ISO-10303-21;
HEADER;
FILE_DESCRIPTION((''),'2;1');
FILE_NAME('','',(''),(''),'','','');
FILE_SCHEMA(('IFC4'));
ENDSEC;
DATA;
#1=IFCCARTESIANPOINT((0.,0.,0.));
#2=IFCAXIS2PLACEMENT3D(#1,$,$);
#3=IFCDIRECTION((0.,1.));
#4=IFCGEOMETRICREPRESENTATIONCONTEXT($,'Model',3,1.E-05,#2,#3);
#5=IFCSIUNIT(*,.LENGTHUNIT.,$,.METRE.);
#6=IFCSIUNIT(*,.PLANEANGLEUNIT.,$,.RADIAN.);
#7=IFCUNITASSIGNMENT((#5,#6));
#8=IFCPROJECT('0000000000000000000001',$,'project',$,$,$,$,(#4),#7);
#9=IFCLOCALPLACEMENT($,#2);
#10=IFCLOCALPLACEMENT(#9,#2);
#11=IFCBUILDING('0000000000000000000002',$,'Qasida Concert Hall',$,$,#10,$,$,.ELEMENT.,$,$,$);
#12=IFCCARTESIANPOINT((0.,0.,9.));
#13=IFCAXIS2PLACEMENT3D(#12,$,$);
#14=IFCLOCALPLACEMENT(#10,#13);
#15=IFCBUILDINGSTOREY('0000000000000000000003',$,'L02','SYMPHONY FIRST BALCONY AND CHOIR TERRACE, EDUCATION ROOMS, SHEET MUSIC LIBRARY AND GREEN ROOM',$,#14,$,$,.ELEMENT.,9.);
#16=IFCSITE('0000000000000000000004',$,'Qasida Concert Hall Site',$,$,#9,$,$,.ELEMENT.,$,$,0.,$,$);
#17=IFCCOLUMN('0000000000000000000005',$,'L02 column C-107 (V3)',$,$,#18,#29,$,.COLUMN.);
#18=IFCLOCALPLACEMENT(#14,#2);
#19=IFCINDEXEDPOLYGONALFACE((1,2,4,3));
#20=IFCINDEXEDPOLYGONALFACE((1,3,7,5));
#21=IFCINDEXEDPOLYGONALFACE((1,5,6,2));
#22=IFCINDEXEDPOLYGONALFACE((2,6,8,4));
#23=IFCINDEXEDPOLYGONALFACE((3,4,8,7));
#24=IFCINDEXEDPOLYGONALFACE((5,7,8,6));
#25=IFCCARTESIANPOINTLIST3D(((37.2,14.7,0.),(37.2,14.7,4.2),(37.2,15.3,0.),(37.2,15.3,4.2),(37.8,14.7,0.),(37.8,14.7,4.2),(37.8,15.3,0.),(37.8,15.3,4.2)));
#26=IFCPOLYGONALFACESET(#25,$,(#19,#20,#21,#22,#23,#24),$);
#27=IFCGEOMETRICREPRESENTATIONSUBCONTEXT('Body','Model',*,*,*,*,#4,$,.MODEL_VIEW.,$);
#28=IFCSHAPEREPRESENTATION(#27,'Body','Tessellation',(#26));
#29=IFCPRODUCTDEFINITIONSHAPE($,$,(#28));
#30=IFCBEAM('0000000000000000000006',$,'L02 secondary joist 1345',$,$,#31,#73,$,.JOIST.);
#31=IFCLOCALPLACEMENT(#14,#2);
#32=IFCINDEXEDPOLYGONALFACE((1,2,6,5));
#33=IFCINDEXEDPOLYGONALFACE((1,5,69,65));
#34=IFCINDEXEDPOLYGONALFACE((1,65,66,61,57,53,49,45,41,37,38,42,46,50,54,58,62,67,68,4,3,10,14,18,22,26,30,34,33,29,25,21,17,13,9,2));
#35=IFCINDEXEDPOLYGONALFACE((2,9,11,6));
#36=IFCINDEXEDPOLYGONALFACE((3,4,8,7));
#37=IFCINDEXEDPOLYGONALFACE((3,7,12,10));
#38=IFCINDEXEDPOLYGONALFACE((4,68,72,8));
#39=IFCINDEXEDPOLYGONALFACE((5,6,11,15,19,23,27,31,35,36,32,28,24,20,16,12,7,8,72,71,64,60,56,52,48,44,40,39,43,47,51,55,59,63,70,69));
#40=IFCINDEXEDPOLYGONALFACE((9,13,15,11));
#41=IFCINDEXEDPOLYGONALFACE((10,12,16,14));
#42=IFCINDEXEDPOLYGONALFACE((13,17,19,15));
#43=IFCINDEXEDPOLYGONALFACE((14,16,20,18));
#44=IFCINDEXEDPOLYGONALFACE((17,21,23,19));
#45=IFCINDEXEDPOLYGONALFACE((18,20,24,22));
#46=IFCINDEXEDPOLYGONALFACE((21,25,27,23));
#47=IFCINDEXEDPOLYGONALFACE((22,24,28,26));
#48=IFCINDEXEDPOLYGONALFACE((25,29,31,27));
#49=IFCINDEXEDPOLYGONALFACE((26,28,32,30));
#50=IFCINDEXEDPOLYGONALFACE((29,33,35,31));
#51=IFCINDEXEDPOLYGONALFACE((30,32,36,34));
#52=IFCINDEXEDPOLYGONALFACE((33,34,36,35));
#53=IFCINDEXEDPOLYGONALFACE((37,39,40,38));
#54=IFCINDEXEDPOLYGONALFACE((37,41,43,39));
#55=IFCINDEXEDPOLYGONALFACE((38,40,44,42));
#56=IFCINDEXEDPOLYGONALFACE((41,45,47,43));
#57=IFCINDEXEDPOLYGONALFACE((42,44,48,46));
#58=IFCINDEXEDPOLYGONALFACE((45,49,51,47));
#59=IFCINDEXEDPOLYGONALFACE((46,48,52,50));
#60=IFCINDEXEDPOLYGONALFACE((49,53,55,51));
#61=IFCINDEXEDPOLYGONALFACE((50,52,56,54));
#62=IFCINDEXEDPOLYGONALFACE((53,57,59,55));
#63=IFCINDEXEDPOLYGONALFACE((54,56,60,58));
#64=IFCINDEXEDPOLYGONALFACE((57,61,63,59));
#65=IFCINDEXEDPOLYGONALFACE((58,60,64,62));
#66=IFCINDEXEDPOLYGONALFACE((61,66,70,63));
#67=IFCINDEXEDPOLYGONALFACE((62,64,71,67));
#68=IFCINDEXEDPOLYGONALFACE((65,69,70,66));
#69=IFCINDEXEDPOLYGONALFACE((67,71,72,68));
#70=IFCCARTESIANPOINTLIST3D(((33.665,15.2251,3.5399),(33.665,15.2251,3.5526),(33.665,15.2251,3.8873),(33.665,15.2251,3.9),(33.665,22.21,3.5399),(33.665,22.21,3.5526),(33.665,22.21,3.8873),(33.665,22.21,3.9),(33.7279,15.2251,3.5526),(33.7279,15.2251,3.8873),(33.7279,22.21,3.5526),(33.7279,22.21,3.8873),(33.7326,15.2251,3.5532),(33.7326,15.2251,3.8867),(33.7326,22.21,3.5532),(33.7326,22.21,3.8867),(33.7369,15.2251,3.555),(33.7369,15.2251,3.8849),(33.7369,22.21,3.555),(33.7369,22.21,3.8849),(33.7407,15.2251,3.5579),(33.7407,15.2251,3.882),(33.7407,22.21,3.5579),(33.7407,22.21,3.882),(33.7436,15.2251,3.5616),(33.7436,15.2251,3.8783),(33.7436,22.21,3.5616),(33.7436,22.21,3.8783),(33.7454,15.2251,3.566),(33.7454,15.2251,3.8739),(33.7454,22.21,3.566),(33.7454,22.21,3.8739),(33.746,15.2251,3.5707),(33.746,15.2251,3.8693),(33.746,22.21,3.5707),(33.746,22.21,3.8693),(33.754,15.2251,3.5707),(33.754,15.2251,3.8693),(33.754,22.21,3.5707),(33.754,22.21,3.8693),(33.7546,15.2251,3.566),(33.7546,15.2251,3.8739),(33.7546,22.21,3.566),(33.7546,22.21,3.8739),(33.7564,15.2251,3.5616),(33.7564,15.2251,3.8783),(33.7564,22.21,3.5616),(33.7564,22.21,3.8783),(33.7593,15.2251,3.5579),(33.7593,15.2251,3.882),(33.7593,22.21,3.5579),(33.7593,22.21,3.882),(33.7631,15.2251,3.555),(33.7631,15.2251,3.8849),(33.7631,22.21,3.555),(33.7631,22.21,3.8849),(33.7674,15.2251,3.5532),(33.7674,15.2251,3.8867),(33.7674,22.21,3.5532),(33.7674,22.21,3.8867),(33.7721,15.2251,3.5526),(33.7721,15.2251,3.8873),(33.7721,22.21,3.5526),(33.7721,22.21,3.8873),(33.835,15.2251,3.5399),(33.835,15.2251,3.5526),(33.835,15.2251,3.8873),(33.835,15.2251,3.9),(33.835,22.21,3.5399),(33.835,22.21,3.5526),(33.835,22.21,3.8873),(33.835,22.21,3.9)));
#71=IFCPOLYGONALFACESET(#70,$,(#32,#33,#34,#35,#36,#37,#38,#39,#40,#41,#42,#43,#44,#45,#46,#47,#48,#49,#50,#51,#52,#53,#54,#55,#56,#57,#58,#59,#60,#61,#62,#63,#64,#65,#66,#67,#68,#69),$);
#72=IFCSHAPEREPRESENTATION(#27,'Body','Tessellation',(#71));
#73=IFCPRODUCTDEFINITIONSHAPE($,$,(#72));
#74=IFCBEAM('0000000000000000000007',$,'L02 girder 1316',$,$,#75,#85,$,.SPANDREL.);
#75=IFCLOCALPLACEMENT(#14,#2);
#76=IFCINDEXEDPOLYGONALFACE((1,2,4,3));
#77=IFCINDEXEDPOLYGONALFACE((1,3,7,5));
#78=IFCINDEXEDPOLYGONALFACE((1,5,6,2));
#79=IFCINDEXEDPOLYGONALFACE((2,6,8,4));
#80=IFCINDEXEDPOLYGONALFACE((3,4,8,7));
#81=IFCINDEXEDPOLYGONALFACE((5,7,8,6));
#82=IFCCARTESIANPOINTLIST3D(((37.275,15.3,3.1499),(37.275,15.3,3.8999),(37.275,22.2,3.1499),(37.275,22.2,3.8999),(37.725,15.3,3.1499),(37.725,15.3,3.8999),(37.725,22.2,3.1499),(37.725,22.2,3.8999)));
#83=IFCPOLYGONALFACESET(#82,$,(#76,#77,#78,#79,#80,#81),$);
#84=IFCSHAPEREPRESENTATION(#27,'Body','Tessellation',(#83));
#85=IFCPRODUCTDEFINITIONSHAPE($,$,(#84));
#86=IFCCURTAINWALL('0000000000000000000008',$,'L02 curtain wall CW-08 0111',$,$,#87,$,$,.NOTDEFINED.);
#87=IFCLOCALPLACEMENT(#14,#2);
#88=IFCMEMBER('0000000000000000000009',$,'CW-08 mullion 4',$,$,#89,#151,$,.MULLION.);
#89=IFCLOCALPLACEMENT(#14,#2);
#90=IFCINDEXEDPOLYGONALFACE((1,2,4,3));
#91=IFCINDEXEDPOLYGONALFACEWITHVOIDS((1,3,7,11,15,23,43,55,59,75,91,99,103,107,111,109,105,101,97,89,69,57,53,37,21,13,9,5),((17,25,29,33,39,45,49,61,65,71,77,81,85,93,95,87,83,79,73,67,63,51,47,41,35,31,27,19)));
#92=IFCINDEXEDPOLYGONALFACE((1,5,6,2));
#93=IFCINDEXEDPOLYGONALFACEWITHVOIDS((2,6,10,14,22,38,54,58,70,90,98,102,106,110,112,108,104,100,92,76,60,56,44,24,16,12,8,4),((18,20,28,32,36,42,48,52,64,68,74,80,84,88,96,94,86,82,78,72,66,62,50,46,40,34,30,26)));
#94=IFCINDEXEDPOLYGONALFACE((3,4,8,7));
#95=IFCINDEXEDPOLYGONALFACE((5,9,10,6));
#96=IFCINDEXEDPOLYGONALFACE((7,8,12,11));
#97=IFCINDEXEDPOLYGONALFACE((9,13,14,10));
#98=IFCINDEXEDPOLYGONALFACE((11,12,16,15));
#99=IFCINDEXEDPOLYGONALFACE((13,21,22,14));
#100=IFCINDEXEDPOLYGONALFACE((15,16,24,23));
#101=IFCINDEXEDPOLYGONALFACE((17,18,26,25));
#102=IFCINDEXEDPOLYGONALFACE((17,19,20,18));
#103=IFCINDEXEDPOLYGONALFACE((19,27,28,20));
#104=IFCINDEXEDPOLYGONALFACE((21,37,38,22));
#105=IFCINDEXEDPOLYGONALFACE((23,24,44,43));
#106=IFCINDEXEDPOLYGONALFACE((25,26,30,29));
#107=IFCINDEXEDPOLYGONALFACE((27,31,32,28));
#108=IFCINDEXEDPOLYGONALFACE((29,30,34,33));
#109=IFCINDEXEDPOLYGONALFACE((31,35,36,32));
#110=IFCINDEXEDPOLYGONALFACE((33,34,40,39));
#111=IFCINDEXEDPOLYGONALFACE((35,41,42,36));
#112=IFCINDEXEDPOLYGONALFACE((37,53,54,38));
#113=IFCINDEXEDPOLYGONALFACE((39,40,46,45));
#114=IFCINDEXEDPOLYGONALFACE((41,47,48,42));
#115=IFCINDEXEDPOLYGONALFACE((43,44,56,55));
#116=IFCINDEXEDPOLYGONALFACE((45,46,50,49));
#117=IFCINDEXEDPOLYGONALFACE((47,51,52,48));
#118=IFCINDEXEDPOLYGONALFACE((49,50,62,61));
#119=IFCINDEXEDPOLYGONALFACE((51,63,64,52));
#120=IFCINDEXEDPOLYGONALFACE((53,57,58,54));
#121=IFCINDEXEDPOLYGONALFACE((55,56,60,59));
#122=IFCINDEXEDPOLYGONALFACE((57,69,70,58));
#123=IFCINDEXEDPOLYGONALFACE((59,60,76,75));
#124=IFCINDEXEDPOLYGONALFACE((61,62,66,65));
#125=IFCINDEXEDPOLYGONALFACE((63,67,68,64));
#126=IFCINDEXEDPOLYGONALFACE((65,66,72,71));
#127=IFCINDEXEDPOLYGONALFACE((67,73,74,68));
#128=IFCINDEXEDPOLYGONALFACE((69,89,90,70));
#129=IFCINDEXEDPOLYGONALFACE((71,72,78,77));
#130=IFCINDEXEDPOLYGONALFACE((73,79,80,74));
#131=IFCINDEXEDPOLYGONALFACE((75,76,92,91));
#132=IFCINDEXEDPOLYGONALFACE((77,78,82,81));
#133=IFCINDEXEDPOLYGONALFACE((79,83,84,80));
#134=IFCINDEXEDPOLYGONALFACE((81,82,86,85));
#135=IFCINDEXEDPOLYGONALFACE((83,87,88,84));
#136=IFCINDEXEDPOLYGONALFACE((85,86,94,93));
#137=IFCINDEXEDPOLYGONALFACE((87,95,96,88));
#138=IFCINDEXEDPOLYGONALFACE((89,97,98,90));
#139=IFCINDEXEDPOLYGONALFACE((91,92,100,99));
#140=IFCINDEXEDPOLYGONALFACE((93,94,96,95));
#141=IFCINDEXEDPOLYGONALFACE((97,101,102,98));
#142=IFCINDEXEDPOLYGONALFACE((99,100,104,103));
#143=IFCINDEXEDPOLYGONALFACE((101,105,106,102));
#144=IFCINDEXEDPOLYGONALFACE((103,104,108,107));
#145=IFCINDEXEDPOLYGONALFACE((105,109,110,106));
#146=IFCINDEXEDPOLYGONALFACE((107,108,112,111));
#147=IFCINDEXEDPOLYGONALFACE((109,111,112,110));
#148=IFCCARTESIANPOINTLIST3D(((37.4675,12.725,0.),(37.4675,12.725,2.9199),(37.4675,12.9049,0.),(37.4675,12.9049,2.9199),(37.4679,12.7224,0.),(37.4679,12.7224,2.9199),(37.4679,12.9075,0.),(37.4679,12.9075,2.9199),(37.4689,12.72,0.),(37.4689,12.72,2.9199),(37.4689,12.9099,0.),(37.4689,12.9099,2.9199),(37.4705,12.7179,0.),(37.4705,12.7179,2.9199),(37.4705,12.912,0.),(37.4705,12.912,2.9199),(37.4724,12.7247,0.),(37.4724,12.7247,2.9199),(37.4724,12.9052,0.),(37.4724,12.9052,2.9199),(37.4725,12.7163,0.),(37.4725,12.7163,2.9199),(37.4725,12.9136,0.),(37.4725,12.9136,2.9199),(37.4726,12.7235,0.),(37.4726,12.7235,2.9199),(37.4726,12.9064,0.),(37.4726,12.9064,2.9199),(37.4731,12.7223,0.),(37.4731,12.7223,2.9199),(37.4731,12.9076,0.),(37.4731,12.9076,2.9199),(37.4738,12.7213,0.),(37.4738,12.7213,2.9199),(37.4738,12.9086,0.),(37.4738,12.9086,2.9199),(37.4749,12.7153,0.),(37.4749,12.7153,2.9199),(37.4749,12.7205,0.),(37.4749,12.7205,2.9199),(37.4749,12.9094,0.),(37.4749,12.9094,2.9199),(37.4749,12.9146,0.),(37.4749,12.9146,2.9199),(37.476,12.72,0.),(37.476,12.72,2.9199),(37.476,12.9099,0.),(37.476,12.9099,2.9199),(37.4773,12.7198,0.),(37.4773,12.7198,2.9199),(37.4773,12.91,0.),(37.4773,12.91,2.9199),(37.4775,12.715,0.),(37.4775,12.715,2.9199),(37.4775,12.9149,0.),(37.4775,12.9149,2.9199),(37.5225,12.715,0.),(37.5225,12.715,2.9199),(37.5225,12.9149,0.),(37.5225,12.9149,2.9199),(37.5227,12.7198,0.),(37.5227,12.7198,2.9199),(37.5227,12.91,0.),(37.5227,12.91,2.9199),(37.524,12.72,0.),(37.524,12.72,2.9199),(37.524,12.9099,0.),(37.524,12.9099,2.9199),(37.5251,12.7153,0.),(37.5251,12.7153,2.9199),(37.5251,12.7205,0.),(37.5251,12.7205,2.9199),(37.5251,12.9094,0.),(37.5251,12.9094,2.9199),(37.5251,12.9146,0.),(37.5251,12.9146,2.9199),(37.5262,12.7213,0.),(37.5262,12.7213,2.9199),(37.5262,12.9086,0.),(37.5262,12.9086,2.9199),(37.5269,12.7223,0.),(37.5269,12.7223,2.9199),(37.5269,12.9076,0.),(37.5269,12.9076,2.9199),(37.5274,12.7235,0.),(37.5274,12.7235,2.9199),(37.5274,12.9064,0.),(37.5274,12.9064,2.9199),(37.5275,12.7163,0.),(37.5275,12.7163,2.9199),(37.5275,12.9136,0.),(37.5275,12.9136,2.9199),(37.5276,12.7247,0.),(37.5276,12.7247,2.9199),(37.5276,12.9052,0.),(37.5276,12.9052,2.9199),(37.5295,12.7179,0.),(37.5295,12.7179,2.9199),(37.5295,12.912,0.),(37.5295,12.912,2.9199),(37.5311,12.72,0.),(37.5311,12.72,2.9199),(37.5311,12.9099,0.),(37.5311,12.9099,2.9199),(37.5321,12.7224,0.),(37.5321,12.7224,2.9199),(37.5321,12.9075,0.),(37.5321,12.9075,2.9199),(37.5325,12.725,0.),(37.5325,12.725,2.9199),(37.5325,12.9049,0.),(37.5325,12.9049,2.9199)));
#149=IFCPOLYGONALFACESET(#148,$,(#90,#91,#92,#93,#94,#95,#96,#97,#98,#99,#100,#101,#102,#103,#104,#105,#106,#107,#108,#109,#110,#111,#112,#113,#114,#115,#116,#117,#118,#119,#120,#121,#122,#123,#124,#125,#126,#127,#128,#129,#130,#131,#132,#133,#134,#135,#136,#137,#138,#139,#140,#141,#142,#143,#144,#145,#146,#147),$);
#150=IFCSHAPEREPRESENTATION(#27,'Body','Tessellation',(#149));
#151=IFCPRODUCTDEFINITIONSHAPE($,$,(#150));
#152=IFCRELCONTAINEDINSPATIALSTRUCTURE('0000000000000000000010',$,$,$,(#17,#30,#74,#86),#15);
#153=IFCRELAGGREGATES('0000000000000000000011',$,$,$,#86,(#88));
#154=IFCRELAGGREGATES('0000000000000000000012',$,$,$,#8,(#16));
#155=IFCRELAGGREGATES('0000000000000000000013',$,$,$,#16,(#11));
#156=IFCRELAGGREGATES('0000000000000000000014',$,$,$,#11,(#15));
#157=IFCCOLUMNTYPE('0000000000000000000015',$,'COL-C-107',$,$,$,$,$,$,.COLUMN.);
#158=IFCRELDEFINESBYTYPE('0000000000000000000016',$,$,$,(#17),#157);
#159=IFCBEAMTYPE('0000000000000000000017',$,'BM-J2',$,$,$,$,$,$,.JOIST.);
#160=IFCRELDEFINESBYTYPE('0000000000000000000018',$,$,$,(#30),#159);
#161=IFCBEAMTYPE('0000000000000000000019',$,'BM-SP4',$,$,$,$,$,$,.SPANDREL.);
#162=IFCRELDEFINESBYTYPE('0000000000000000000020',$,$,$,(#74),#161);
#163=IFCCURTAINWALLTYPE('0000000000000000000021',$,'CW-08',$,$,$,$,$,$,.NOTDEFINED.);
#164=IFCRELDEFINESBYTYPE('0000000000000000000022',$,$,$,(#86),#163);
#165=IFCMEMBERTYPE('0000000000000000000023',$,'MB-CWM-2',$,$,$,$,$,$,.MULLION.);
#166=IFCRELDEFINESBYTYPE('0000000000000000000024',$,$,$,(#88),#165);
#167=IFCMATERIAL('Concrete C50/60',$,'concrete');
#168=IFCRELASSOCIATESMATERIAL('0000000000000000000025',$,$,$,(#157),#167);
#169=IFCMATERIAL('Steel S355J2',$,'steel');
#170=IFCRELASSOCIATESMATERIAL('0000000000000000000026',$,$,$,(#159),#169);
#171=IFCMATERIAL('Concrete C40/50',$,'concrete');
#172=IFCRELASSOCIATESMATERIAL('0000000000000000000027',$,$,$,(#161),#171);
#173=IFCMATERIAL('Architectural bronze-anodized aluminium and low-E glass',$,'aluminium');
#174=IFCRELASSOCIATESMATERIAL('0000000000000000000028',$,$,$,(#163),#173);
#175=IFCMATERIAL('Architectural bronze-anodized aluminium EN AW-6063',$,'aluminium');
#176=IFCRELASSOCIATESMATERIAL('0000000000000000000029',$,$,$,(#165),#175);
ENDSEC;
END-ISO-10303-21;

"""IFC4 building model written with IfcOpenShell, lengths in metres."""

from ifc_helpers import new_model, si_unit, direction, frame, origin, origin_2d, place, context, subcontext, project, spatial, rectangle, hollow_rectangle, i_section, extrude, material, material_profile, profile_set, type_object, element, aggregate, save


model = new_model("IFC4")

# Units and contexts
model_context = context("Model", 3, precision=1e-05, world=origin(), true_north=direction((0.0, 1.0)))
body_context = subcontext(model_context, "Body", "Model", "MODEL_VIEW")
ifc_project = project(units=[si_unit("LENGTHUNIT", "METRE"), si_unit("PLANEANGLEUNIT", "RADIAN")], contexts=[model_context])

# Site, building, storey
site_placement = place(None, origin())
site = spatial("IfcSite", under=ifc_project, at=site_placement, Name="Qasida Concert Hall Site", CompositionType="ELEMENT", RefElevation=0.0)
building_placement = place(site_placement, origin())
building = spatial("IfcBuilding", under=site, at=building_placement, Name="Qasida Concert Hall", CompositionType="ELEMENT")
storey_placement = place(building_placement, frame((0.0, 0.0, 9.0)))
storey = spatial("IfcBuildingStorey", under=building, at=storey_placement, Name="L02", Description="SYMPHONY FIRST BALCONY AND CHOIR TERRACE, EDUCATION ROOMS, SHEET MUSIC LIBRARY AND GREEN ROOM", CompositionType="ELEMENT", Elevation=9.0)

# Column
ifc_material_1 = material(Name="Concrete C50/60", Category="concrete")
ifc_material_profile_1 = material_profile(ifc_material_1, rectangle(XDim=0.6001, YDim=0.6001, at=origin_2d()), Name="RC 600x600")
ifc_profile_set_1 = profile_set([ifc_material_profile_1], Name="Concrete C50/60")
column_type = type_object("IfcColumnType", Name="COL-C-107", PredefinedType="COLUMN", material=ifc_profile_set_1)
column_placement = place(storey_placement, frame((37.5, 15.0, 0.0), z_axis=(0.0, 0.0, 1.0), x_axis=(1.0, 0.0, 0.0)))
element("IfcColumn", 1, at=column_placement, inside=storey, type_object=column_type, Name="L02 column C-107 (V3)", PredefinedType="COLUMN", context=body_context, shape_type="SweptSolid", body=[
    extrude(rectangle(XDim=0.6001, YDim=0.6001, at=origin_2d()), origin(), (0.0, 0.0, 1.0), 4.2),
])

# Beams
ifc_material_2 = material(Name="Steel S355J2", Category="steel")
ifc_material_profile_2 = material_profile(ifc_material_2, i_section(OverallWidth=0.1699, OverallDepth=0.3601, WebThickness=0.0081, FlangeThickness=0.0127, FilletRadius=0.0181, at=origin_2d()), Name="IPE 360")
ifc_profile_set_2 = profile_set([ifc_material_profile_2], Name="Steel S355J2")
beam_type_1 = type_object("IfcBeamType", Name="BM-J2", PredefinedType="JOIST", material=ifc_profile_set_2)
beam_1_placement = place(storey_placement, frame((33.75, 15.2251, 3.72), z_axis=(0.0, 1.0, 0.0), x_axis=(-1.0, 0.0, 0.0)))
element("IfcBeam", 2, at=beam_1_placement, inside=storey, type_object=beam_type_1, Name="L02 secondary joist 1345", PredefinedType="JOIST", context=body_context, shape_type="SweptSolid", body=[
    extrude(i_section(OverallWidth=0.1699, OverallDepth=0.3601, WebThickness=0.0081, FlangeThickness=0.0127, FilletRadius=0.0181, at=origin_2d()), origin(), (0.0, 0.0, 1.0), 6.9849),
])
ifc_material_3 = material(Name="Concrete C40/50", Category="concrete")
ifc_material_profile_3 = material_profile(ifc_material_3, rectangle(XDim=0.45, YDim=0.75, at=origin_2d()), Name="RC 450x750")
ifc_profile_set_3 = profile_set([ifc_material_profile_3], Name="Concrete C40/50")
beam_type_2 = type_object("IfcBeamType", Name="BM-SP4", PredefinedType="SPANDREL", material=ifc_profile_set_3)
beam_2_placement = place(storey_placement, frame((37.5, 15.3, 3.5249), z_axis=(0.0, 1.0, 0.0), x_axis=(-1.0, 0.0, 0.0)))
element("IfcBeam", 3, at=beam_2_placement, inside=storey, type_object=beam_type_2, Name="L02 girder 1316", PredefinedType="SPANDREL", context=body_context, shape_type="SweptSolid", body=[
    extrude(rectangle(XDim=0.45, YDim=0.75, at=origin_2d()), origin(), (0.0, 0.0, 1.0), 6.8999),
])

# Curtain wall, member
ifc_material_4 = material(Name="Architectural bronze-anodized aluminium and low-E glass", Category="aluminium")
curtain_wall_type = type_object("IfcCurtainWallType", Name="CW-08", PredefinedType="NOTDEFINED", material=ifc_material_4)
curtain_wall_1_placement = place(storey_placement, origin())
curtain_wall_1 = element("IfcCurtainWall", 4, at=curtain_wall_1_placement, inside=storey, type_object=curtain_wall_type, Name="L02 curtain wall CW-08 0111", PredefinedType="NOTDEFINED")
ifc_material_5 = material(Name="Architectural bronze-anodized aluminium EN AW-6063", Category="aluminium")
ifc_material_profile_4 = material_profile(ifc_material_5, hollow_rectangle(XDim=0.0649, YDim=0.2, WallThickness=0.0049, InnerFilletRadius=0.0049, OuterFilletRadius=0.01, at=origin_2d()), Name="CWM 200x65x5")
ifc_profile_set_4 = profile_set([ifc_material_profile_4], Name="Architectural bronze-anodized aluminium EN AW-6063")
member_type_1 = type_object("IfcMemberType", Name="MB-CWM-2", PredefinedType="MULLION", material=ifc_profile_set_4)
member_1_placement = place(storey_placement, frame((37.5, 12.8149, 0.0), z_axis=(0.0, 0.0, 1.0), x_axis=(-1.0, 0.0, 0.0)))
member_1 = element("IfcMember", 5, at=member_1_placement, type_object=member_type_1, Name="CW-08 mullion 4", PredefinedType="MULLION", context=body_context, shape_type="SweptSolid", body=[
    extrude(hollow_rectangle(XDim=0.0649, YDim=0.2, WallThickness=0.0049, InnerFilletRadius=0.0049, OuterFilletRadius=0.01, at=origin_2d()), origin(), (0.0, 0.0, 1.0), 2.9199),
])

aggregate(curtain_wall_1, [member_1])

save(model, "model.ifc")
